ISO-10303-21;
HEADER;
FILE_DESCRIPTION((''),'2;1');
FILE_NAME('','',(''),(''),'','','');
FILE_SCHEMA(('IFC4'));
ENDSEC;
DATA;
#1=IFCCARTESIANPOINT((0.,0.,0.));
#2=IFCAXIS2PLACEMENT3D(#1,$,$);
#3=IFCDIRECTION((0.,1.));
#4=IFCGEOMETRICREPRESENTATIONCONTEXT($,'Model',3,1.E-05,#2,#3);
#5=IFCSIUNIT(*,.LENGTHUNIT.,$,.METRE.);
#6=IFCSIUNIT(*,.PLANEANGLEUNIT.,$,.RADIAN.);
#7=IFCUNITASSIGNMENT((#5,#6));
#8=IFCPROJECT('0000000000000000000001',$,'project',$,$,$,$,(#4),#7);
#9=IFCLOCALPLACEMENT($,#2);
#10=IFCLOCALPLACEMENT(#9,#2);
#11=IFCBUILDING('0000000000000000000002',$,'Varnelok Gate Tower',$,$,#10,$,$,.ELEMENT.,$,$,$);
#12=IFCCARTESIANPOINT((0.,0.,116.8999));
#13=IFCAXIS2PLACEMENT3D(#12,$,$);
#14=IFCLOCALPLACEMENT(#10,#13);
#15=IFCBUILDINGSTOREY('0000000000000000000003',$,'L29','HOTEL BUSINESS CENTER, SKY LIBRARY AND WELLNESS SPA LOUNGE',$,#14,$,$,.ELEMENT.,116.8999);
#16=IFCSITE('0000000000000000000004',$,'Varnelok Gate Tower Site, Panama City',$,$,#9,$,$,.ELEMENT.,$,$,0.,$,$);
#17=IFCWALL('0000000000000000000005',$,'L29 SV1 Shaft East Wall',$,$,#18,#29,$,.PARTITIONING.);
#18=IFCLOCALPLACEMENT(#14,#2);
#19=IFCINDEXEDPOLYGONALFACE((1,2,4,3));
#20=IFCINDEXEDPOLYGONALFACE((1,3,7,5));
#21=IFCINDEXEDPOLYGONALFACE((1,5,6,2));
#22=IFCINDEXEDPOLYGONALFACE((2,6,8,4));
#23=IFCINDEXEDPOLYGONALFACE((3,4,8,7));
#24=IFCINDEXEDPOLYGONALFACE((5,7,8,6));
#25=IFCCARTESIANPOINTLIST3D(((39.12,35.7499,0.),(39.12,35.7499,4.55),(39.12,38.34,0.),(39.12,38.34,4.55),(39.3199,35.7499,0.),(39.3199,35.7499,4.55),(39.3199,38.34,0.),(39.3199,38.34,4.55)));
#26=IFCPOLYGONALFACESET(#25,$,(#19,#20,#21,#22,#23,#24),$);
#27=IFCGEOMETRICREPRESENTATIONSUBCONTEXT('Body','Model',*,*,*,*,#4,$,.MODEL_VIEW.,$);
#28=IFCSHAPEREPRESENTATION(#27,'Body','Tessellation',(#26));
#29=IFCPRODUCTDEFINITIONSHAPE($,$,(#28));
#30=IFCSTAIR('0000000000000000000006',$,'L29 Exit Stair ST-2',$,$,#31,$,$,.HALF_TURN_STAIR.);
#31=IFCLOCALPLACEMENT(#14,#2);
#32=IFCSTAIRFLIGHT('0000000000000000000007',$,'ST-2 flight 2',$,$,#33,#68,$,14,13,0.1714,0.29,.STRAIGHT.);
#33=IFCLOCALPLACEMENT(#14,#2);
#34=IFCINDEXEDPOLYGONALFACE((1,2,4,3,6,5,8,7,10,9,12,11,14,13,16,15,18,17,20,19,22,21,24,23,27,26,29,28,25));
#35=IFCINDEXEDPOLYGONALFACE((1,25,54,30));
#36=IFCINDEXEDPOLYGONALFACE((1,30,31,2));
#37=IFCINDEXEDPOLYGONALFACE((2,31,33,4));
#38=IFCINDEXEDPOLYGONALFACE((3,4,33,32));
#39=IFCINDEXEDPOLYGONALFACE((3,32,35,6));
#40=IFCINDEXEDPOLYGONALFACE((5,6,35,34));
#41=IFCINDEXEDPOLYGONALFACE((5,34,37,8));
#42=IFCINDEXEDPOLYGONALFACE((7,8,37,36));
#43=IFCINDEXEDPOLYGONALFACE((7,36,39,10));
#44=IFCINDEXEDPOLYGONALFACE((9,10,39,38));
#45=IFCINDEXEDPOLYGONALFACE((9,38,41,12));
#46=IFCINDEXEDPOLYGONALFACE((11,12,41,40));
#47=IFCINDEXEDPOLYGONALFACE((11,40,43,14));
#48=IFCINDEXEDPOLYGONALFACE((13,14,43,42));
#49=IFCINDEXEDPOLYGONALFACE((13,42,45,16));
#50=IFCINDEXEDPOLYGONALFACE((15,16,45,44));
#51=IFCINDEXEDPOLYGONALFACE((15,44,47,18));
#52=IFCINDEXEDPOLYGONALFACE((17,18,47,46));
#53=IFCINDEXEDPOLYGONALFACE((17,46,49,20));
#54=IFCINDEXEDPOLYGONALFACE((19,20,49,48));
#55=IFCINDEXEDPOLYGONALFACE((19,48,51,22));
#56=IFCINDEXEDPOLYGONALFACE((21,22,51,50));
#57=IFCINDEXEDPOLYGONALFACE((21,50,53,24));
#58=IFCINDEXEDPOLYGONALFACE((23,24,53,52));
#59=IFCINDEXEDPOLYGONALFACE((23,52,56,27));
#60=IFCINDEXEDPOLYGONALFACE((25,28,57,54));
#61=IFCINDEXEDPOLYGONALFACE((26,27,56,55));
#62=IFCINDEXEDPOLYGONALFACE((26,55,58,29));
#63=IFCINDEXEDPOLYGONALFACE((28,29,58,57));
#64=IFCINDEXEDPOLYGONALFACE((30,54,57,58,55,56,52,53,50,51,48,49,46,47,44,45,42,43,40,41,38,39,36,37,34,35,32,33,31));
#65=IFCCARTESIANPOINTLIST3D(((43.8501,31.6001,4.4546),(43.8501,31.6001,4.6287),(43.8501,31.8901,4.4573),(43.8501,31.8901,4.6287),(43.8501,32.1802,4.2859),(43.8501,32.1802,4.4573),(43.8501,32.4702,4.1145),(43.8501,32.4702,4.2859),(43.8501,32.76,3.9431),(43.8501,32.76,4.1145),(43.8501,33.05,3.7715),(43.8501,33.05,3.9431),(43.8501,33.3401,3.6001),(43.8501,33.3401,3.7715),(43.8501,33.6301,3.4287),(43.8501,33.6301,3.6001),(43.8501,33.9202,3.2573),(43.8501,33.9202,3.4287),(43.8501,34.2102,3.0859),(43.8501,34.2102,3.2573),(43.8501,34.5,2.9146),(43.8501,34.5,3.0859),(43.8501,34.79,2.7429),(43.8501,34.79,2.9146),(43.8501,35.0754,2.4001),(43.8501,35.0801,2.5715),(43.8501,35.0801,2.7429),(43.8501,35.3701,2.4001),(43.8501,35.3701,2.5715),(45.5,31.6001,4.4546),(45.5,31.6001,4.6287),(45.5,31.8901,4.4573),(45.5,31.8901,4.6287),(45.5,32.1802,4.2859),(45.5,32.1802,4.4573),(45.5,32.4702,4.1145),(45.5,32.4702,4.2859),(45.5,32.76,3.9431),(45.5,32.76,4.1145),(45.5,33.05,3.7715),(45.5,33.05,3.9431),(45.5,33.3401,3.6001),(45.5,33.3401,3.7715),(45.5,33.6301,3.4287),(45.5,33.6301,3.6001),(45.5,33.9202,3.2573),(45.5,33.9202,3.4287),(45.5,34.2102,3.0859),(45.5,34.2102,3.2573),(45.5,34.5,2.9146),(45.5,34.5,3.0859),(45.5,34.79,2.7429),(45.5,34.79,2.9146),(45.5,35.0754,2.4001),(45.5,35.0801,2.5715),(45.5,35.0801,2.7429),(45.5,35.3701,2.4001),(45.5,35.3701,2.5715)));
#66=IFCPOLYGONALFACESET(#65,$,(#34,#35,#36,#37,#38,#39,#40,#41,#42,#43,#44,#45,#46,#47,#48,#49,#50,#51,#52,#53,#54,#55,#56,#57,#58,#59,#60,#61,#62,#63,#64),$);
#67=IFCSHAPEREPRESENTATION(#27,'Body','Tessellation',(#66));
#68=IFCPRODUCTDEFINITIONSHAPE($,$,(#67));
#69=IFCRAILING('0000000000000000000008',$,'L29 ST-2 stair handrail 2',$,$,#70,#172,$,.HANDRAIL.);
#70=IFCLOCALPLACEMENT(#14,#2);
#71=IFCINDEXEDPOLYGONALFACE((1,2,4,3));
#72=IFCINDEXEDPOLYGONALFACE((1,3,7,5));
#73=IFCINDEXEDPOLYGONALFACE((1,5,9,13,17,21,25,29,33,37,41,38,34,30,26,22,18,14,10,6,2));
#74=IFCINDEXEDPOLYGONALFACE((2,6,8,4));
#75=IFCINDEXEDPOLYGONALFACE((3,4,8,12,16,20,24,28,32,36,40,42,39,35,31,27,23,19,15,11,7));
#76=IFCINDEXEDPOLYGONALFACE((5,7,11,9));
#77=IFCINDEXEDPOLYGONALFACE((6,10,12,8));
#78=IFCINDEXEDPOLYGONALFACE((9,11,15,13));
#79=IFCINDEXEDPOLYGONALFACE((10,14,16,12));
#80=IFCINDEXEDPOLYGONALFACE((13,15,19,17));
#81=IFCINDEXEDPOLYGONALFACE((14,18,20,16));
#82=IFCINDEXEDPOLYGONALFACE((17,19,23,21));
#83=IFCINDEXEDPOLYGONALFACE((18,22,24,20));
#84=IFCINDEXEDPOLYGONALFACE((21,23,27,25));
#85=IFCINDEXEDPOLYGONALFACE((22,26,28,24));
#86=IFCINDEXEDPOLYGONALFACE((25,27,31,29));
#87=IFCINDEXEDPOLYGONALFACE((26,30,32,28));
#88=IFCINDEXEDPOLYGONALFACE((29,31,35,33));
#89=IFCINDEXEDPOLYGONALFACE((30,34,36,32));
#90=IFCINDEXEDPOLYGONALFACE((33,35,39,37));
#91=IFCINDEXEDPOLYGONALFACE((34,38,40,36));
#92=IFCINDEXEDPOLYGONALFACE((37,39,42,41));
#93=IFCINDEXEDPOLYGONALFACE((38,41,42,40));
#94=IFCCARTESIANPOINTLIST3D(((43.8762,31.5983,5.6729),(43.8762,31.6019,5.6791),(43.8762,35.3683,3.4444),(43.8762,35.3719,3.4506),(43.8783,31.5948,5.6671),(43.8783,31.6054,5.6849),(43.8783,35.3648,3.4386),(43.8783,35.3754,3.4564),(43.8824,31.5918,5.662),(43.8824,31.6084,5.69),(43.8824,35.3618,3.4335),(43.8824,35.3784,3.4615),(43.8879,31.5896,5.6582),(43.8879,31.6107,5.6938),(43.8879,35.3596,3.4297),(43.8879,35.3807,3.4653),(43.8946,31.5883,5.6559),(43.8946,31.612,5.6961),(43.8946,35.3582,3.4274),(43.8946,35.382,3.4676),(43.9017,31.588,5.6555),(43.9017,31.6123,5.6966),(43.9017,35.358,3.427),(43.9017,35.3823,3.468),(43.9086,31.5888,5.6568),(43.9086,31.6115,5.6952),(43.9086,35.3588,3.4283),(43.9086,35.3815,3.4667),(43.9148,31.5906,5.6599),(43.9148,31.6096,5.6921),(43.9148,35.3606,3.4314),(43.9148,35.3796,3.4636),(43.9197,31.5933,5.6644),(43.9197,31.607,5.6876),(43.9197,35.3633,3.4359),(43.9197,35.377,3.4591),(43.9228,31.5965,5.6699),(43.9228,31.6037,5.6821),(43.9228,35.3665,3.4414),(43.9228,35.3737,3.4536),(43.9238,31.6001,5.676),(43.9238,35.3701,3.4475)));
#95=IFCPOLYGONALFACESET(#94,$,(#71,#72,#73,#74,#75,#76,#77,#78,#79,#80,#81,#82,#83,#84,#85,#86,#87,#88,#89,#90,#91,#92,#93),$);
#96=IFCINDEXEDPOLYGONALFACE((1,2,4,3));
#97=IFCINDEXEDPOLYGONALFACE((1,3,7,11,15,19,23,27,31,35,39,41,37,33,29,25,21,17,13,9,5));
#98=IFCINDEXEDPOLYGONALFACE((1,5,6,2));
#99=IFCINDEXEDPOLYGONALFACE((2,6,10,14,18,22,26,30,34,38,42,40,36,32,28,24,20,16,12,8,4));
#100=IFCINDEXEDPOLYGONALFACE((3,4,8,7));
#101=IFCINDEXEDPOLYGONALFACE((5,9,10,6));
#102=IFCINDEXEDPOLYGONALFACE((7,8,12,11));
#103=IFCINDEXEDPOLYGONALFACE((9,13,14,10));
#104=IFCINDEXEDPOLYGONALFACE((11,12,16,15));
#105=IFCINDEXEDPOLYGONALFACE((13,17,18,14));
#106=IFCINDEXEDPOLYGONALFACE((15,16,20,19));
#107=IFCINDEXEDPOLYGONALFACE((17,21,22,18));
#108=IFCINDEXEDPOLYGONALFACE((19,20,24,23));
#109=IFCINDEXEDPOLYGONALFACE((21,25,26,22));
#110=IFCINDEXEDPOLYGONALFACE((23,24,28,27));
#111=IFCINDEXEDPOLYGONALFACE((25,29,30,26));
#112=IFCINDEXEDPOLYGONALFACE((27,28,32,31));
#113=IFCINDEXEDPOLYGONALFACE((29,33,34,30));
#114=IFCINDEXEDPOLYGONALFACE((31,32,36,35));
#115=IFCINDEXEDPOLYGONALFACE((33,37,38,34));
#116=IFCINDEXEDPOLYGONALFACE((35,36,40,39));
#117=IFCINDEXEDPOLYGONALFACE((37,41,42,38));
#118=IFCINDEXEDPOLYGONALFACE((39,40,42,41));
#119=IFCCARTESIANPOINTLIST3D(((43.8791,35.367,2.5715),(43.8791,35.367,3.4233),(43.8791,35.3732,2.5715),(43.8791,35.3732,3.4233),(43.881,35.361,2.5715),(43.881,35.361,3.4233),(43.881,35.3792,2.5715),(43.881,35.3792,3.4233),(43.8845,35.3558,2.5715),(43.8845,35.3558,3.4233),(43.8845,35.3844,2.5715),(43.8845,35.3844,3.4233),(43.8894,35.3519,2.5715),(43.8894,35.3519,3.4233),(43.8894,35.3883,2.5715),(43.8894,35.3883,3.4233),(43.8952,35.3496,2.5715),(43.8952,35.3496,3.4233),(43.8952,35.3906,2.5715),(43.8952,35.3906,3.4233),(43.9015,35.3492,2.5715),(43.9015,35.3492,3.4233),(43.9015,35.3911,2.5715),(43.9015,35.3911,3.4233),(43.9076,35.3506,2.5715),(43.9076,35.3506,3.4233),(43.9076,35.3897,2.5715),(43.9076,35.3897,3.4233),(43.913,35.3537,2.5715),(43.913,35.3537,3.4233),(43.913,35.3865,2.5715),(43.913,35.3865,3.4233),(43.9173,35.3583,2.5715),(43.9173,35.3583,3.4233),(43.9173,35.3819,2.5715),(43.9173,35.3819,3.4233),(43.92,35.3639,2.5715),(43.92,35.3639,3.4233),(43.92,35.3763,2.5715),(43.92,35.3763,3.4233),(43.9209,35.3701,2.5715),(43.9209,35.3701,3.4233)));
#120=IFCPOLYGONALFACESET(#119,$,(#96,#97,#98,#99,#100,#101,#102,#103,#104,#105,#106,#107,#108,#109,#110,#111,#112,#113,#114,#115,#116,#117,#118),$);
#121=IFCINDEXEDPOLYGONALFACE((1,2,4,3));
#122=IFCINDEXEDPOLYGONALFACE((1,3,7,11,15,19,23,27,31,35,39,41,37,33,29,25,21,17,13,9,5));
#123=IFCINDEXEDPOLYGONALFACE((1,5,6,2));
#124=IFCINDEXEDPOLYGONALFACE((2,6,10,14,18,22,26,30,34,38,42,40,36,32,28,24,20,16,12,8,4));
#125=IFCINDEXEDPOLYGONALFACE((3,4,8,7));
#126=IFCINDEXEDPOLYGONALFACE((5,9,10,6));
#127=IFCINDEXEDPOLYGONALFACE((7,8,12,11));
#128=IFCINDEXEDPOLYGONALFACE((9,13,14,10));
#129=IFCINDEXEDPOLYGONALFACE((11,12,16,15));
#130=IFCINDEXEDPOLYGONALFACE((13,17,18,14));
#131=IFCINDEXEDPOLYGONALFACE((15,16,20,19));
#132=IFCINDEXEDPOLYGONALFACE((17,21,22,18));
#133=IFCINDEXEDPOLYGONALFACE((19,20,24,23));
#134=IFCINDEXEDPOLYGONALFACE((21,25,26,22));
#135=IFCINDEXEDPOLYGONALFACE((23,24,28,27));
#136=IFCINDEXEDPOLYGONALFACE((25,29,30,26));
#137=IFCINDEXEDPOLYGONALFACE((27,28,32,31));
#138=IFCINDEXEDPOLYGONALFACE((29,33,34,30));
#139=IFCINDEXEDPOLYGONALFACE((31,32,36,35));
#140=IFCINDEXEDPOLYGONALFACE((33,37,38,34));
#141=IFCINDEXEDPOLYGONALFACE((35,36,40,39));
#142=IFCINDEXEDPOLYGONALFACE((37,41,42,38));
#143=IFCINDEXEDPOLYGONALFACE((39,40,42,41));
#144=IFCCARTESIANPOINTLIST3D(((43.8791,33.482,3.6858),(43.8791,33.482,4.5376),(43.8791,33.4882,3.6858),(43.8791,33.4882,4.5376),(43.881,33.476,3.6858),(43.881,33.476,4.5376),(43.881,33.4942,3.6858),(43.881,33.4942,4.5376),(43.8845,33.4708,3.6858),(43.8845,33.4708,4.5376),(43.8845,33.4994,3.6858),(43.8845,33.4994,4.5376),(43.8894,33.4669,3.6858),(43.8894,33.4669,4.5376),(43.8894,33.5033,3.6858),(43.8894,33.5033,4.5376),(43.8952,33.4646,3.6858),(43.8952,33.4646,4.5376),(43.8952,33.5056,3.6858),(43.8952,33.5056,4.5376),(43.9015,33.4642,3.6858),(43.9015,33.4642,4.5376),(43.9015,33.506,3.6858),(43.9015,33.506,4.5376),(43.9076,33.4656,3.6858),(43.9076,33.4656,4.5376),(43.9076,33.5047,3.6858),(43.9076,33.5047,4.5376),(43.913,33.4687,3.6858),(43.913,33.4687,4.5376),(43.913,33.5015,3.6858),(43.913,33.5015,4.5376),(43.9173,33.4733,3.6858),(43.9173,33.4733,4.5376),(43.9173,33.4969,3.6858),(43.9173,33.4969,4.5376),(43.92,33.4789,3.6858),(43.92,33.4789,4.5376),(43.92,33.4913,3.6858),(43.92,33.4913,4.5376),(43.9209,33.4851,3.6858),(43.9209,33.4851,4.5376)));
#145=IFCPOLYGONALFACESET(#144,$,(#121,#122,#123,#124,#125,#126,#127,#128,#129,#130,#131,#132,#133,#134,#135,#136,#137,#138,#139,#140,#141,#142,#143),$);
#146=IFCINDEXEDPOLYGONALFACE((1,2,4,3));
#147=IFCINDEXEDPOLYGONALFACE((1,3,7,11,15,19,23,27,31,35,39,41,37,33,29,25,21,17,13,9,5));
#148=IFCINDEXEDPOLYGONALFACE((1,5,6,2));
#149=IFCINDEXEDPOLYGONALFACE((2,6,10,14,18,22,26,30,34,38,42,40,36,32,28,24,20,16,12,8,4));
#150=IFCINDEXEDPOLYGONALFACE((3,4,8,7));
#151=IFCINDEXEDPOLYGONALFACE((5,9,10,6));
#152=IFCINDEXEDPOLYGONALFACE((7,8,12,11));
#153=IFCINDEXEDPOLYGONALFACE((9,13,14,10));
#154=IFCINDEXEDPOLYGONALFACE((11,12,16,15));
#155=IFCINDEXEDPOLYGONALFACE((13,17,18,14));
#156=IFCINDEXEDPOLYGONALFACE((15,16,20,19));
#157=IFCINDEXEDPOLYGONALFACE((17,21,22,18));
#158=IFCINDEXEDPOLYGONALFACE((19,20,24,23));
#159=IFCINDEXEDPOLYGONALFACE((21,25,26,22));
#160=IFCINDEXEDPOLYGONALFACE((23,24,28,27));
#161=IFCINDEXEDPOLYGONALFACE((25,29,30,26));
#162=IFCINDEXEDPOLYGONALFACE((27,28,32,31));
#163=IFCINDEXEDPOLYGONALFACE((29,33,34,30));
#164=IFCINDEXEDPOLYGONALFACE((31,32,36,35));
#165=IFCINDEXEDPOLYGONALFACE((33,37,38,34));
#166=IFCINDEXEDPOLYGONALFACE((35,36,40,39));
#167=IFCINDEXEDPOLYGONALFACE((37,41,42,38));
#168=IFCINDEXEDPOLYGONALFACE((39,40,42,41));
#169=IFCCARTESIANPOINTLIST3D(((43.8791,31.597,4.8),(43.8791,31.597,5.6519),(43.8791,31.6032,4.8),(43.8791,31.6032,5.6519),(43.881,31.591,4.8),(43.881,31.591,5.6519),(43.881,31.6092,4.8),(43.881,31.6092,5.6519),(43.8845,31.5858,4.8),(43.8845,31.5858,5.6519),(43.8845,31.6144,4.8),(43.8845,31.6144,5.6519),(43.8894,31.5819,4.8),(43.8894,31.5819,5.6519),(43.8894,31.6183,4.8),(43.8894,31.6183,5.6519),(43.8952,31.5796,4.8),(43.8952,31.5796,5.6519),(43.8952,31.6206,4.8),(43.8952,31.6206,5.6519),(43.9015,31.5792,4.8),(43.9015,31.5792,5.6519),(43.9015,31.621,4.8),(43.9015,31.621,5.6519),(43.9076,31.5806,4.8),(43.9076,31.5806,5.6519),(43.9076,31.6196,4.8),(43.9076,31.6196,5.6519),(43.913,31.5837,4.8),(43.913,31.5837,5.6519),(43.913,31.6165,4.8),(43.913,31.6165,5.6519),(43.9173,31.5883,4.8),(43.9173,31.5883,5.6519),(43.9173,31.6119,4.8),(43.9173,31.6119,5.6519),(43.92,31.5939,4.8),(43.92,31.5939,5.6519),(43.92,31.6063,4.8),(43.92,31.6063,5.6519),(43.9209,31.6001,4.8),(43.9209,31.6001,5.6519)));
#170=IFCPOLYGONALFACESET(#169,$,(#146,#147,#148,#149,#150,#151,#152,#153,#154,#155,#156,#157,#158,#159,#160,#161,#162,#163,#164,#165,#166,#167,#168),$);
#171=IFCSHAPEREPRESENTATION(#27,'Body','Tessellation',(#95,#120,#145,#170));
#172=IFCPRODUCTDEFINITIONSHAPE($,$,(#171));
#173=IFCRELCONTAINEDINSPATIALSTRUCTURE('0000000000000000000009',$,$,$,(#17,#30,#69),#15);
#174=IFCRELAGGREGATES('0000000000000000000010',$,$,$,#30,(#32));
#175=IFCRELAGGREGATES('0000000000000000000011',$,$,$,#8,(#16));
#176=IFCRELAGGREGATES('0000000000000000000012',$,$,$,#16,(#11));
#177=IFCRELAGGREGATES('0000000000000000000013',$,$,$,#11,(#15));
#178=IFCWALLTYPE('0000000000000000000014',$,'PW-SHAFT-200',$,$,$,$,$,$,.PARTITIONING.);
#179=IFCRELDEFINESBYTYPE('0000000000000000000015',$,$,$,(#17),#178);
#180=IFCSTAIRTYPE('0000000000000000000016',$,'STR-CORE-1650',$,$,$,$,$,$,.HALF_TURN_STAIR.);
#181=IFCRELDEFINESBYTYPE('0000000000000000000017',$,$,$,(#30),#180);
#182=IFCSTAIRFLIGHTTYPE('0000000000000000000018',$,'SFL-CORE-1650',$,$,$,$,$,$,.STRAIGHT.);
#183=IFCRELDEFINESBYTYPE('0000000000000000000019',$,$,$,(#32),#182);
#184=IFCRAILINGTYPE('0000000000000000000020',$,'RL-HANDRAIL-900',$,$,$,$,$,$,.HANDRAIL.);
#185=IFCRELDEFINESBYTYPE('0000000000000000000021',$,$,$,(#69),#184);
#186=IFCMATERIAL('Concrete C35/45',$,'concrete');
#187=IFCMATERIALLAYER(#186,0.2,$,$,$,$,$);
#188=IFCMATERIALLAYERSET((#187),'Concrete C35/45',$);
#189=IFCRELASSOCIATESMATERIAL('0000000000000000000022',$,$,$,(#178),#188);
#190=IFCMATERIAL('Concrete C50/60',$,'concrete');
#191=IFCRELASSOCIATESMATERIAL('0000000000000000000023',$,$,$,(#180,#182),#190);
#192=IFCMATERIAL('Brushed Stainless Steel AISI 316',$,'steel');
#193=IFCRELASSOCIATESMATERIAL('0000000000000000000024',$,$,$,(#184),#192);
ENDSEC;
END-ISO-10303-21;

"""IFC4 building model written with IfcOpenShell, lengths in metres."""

from ifc_helpers import new_model, si_unit, direction, frame, frame_2d, origin, origin_2d, place, context, subcontext, project, spatial, polyline, rectangle, circle, outline, extrude, material, layer, layer_set, type_object, element, aggregate, save


model = new_model("IFC4")

# Units and contexts
model_context = context("Model", 3, precision=1e-05, world=origin(), true_north=direction((0.0, 1.0)))
body_context = subcontext(model_context, "Body", "Model", "MODEL_VIEW")
ifc_project = project(units=[si_unit("LENGTHUNIT", "METRE"), si_unit("PLANEANGLEUNIT", "RADIAN")], contexts=[model_context])

# Site, building, storey
site_placement = place(None, origin())
site = spatial("IfcSite", under=ifc_project, at=site_placement, Name="Varnelok Gate Tower Site, Panama City", CompositionType="ELEMENT", RefElevation=0.0)
building_placement = place(site_placement, origin())
building = spatial("IfcBuilding", under=site, at=building_placement, Name="Varnelok Gate Tower", CompositionType="ELEMENT")
storey_placement = place(building_placement, frame((0.0, 0.0, 116.8999)))
storey = spatial("IfcBuildingStorey", under=building, at=storey_placement, Name="L29", Description="HOTEL BUSINESS CENTER, SKY LIBRARY AND WELLNESS SPA LOUNGE", CompositionType="ELEMENT", Elevation=116.8999)

# Shared definitions
ifc_material_1 = material(Name="Concrete C35/45", Category="concrete")
ifc_layer_1 = layer(ifc_material_1, 0.2)
ifc_layer_set_1 = layer_set([ifc_layer_1], Name="Concrete C35/45")
wall_type_1 = type_object("IfcWallType", Name="PW-SHAFT-200", PredefinedType="PARTITIONING", material=ifc_layer_set_1)

# Wall
wall_1_placement = place(storey_placement, frame((39.22, 35.75, 0.0), z_axis=(0.0, 0.0, 1.0), x_axis=(0.0, 1.0, 0.0)))
element("IfcWall", 1, at=wall_1_placement, inside=storey, type_object=wall_type_1, Name="L29 SV1 Shaft East Wall", PredefinedType="PARTITIONING", context=body_context, shape_type="SweptSolid", body=[
    extrude(rectangle(XDim=2.5901, YDim=0.2, at=frame_2d((1.2949, 0.0))), origin(), (0.0, 0.0, 1.0), 4.55),
])

# Stair, stair flight
ifc_material_2 = material(Name="Concrete C50/60", Category="concrete")
stair_type = type_object("IfcStairType", Name="STR-CORE-1650", PredefinedType="HALF_TURN_STAIR", material=ifc_material_2)
stair_placement = place(storey_placement, origin())
stair = element("IfcStair", 2, at=stair_placement, inside=storey, type_object=stair_type, Name="L29 Exit Stair ST-2", PredefinedType="HALF_TURN_STAIR")
stair_flight_type = type_object("IfcStairFlightType", Name="SFL-CORE-1650", PredefinedType="STRAIGHT", material=ifc_material_2)
stair_flight_placement = place(storey_placement, frame((44.675, 35.3701, 2.4001), z_axis=(0.0, 0.0, 1.0), x_axis=(0.0, -1.0, 0.0)))
stair_flight = element("IfcStairFlight", 3, at=stair_flight_placement, type_object=stair_flight_type, Name="ST-2 flight 2", NumberOfRisers=14, NumberOfTreads=13, PredefinedType="STRAIGHT", RiserHeight=0.1714, TreadLength=0.29, context=body_context, shape_type="SweptSolid", body=[
    extrude(outline(polyline([(0.0, 0.0), (0.0, 0.1714), (0.29, 0.1714), (0.29, 0.3428), (0.5801, 0.3428), (0.5801, 0.5144), (0.8701, 0.5144), (0.8701, 0.6858), (1.1599, 0.6858), (1.1599, 0.8572), (1.45, 0.8572), (1.45, 1.0286), (1.74, 1.0286), (1.74, 1.2), (2.03, 1.2), (2.03, 1.3713), (2.3201, 1.3713), (2.3201, 1.543), (2.6101, 1.543), (2.6101, 1.7144), (2.8999, 1.7144), (2.8999, 1.8857), (3.1899, 1.8857), (3.1899, 2.0571), (3.48, 2.0571), (3.48, 2.2285), (3.77, 2.2285), (3.77, 2.3999), (3.77, 2.0544), (0.2947, 0.0), (0.0, 0.0)])), frame((0.0, 0.825, 0.0), z_axis=(0.0, -1.0, 0.0), x_axis=(1.0, 0.0, 0.0)), (0.0, 0.0, 1.0), 1.6499),
])
aggregate(stair, [stair_flight])

# Railing
ifc_material_3 = material(Name="Brushed Stainless Steel AISI 316", Category="steel")
railing_type_1 = type_object("IfcRailingType", Name="RL-HANDRAIL-900", PredefinedType="HANDRAIL", material=ifc_material_3)
railing_1_placement = place(storey_placement, frame((43.8999, 35.3701, 2.5715)))
element("IfcRailing", 4, at=railing_1_placement, inside=storey, type_object=railing_type_1, Name="L29 ST-2 stair handrail 2", PredefinedType="HANDRAIL", context=body_context, shape_type="SweptSolid", body=[
    extrude(circle(Radius=0.0239, at=origin_2d()), frame((0.0, 0.0, 0.876), z_axis=(0.0, -0.860849, 0.508861), x_axis=(1.0, 0.0, 0.0)), (0.0, 0.0, 1.0), 4.3794),
    extrude(circle(Radius=0.021, at=origin_2d()), origin(), (0.0, 0.0, 1.0), 0.8518),
    extrude(circle(Radius=0.021, at=origin_2d()), frame((0.0, -1.885, 1.1143)), (0.0, 0.0, 1.0), 0.8518),
    extrude(circle(Radius=0.021, at=origin_2d()), frame((0.0, -3.77, 2.2285)), (0.0, 0.0, 1.0), 0.8518),
])

save(model, "model.ifc")
